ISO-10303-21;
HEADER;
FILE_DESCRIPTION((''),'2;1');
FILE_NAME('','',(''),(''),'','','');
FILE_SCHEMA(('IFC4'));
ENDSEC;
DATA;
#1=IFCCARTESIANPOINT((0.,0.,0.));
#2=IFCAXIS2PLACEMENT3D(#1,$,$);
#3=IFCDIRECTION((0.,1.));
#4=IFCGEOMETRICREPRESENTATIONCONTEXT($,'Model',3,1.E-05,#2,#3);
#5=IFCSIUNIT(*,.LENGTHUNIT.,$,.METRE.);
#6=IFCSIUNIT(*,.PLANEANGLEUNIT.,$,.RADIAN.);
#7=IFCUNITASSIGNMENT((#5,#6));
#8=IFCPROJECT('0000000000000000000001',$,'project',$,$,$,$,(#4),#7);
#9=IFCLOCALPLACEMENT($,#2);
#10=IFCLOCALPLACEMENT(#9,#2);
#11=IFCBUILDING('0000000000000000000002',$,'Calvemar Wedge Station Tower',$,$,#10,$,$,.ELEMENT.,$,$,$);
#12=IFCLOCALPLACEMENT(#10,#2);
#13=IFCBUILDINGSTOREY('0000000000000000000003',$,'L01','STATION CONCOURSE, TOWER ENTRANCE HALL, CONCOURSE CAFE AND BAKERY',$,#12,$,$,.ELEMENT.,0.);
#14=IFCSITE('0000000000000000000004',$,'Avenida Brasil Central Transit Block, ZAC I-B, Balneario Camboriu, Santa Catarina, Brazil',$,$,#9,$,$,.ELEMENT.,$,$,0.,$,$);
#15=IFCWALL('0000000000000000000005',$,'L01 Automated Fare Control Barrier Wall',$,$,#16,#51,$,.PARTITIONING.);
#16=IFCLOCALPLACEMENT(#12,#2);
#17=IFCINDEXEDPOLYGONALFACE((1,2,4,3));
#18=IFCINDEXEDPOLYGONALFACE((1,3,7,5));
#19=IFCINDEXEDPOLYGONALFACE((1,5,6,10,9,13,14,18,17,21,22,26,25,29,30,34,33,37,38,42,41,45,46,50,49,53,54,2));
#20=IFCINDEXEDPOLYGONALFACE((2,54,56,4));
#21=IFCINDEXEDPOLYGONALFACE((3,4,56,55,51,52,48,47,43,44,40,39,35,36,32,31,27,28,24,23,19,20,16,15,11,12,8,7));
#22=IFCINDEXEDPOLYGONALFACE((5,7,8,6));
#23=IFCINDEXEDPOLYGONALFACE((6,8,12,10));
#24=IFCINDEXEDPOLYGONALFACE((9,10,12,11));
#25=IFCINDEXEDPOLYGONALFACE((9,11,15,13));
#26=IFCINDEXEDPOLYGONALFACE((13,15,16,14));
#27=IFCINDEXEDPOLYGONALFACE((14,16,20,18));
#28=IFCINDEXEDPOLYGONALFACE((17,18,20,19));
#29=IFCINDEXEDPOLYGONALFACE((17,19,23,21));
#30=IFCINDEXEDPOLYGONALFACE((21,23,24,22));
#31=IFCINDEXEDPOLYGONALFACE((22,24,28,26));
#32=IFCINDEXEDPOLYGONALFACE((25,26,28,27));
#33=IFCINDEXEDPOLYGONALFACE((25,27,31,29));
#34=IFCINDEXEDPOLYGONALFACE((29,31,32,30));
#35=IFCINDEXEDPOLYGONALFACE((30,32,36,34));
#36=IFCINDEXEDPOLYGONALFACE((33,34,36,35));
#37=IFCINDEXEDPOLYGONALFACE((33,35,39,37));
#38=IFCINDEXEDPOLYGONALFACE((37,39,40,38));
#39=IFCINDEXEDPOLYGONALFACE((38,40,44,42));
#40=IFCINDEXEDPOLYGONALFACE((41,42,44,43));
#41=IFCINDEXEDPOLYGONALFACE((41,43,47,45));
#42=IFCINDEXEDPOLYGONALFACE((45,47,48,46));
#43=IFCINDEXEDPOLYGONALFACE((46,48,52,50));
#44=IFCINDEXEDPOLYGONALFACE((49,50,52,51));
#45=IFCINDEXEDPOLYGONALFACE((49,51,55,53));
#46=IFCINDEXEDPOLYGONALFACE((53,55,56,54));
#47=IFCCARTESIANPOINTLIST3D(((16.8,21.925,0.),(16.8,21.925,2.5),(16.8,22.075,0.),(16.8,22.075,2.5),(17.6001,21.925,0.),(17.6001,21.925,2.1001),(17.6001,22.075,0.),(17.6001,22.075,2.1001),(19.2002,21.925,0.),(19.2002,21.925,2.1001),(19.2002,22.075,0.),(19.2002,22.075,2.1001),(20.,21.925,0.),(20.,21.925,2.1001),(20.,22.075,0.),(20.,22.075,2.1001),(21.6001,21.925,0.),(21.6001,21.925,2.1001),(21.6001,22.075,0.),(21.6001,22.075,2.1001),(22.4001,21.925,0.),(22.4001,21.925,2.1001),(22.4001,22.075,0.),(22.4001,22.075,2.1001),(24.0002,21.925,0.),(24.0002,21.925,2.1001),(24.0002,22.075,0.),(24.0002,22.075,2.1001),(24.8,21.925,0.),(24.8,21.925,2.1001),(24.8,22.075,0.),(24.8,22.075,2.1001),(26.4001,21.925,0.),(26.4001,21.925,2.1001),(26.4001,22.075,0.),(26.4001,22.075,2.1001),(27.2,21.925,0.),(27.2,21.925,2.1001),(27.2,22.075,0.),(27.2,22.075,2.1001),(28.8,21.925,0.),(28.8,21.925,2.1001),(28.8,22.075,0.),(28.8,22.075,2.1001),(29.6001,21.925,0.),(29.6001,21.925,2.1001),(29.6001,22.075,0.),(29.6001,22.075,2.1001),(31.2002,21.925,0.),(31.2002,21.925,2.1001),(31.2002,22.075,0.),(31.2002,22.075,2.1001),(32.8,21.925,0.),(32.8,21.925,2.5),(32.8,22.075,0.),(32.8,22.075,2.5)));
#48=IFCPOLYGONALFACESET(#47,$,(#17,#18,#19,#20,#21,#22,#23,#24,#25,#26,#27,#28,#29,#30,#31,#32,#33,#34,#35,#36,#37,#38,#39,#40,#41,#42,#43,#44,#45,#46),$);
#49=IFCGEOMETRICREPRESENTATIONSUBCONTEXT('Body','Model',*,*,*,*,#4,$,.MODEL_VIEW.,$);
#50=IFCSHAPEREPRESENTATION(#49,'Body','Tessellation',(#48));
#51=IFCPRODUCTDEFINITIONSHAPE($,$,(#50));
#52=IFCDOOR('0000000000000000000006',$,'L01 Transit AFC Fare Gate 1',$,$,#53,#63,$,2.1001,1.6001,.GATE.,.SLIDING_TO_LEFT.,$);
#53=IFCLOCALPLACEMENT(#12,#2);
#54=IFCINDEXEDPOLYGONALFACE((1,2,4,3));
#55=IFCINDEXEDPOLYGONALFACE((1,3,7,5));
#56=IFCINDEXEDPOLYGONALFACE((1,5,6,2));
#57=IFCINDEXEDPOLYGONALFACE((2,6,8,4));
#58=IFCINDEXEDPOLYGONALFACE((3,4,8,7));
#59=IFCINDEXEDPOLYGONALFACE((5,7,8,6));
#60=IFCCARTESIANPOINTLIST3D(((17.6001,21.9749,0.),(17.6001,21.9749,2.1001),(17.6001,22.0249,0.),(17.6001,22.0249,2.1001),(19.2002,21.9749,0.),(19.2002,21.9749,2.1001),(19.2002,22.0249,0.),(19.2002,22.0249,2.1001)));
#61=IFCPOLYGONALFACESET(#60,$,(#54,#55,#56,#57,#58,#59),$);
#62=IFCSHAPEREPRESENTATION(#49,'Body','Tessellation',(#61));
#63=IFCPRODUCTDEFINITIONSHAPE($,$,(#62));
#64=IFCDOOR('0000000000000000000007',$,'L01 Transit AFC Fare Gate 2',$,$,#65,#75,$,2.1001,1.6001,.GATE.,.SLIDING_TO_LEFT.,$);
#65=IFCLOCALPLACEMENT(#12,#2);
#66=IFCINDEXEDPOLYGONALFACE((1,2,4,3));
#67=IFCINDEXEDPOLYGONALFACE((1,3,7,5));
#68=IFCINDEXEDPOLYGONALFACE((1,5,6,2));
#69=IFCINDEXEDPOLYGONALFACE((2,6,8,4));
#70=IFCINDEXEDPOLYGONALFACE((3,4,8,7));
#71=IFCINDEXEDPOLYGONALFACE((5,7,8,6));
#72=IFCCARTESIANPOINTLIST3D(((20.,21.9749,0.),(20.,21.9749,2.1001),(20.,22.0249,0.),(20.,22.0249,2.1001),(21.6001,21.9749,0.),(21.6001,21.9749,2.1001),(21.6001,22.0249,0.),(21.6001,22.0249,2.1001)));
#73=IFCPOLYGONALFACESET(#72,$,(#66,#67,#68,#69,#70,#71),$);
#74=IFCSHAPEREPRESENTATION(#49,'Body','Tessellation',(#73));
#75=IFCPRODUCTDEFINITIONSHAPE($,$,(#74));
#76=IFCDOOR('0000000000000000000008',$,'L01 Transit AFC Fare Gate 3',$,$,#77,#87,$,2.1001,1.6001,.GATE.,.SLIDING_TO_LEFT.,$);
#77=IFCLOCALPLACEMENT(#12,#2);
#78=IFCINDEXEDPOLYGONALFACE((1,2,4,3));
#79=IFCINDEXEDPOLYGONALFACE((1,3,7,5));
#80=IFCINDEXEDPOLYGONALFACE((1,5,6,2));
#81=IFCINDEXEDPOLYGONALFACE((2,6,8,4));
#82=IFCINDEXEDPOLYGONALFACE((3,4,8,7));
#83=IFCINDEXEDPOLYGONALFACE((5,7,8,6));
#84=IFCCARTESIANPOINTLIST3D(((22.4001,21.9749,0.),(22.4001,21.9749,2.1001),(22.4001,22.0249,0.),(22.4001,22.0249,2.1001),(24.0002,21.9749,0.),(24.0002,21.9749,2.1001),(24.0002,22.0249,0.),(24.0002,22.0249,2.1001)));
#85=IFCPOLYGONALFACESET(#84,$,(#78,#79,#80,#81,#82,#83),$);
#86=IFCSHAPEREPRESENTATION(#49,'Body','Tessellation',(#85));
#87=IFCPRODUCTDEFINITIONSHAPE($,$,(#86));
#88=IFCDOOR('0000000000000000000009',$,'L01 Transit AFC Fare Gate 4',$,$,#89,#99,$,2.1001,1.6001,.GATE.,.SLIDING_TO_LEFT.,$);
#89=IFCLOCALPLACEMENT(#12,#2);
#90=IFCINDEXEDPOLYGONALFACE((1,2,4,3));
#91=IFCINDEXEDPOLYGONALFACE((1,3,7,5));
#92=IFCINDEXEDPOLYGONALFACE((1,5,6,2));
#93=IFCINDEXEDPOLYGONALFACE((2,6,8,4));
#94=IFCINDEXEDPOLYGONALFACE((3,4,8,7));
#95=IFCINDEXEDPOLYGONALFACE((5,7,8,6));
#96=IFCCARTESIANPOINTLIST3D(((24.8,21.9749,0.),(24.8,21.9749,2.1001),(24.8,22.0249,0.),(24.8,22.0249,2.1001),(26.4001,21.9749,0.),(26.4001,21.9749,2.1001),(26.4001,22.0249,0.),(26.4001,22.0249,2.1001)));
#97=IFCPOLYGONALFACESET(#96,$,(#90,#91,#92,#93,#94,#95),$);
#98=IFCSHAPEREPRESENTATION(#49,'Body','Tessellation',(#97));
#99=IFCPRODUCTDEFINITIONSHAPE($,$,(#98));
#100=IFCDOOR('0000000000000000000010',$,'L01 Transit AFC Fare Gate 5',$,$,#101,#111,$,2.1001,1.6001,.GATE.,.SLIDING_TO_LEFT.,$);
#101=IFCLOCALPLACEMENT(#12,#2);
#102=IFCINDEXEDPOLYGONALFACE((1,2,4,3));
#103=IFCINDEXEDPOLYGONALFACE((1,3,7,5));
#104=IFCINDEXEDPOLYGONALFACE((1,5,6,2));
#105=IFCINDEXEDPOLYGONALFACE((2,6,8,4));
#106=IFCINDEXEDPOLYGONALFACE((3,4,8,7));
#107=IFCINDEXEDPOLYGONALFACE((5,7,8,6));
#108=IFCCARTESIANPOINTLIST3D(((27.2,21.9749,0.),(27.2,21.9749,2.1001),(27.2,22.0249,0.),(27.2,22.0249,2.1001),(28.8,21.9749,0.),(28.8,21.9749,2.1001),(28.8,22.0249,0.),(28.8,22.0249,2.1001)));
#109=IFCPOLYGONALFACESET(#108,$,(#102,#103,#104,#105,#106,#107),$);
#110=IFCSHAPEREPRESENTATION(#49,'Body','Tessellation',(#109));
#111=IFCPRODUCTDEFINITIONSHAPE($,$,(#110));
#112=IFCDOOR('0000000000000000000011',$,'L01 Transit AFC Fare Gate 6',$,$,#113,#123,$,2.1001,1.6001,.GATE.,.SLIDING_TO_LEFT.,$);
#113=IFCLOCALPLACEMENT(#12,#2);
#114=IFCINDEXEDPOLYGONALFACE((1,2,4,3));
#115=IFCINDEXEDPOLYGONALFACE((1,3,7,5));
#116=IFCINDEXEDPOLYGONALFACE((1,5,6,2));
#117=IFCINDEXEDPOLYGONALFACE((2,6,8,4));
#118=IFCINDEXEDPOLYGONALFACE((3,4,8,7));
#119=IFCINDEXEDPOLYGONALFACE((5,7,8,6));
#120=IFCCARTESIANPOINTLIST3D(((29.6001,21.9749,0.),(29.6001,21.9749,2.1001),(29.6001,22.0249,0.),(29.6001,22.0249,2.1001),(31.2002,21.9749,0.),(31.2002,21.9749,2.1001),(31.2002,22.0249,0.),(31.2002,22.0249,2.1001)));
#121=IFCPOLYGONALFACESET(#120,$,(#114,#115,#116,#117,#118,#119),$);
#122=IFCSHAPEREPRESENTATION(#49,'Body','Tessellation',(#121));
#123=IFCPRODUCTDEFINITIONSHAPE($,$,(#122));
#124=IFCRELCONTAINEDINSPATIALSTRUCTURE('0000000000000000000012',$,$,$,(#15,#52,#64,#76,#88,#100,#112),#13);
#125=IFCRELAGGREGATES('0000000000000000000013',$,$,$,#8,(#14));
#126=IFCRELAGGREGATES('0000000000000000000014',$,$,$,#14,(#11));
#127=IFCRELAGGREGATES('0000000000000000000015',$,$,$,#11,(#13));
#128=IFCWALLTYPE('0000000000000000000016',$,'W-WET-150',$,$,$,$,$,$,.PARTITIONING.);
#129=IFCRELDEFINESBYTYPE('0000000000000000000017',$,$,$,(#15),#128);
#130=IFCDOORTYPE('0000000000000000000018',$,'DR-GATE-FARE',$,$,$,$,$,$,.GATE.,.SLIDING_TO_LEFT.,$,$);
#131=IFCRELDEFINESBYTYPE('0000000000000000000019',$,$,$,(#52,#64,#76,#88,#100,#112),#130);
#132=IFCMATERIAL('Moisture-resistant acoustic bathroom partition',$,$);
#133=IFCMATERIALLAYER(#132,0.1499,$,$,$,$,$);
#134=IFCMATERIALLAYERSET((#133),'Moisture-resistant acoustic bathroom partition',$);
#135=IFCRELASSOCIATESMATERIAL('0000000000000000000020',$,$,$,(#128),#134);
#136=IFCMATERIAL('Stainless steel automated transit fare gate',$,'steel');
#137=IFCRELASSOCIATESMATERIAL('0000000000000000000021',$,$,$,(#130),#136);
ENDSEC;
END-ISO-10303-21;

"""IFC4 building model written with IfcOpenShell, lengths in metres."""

from ifc_helpers import new_model, si_unit, direction, frame, frame_2d, origin, place, context, subcontext, project, spatial, rectangle, extrude, source, transform, mapped, material, layer, layer_set, type_object, element, fill, save


model = new_model("IFC4")

# Units and contexts
model_context = context("Model", 3, precision=1e-05, world=origin(), true_north=direction((0.0, 1.0)))
body_context = subcontext(model_context, "Body", "Model", "MODEL_VIEW")
ifc_project = project(units=[si_unit("LENGTHUNIT", "METRE"), si_unit("PLANEANGLEUNIT", "RADIAN")], contexts=[model_context])

# Site, building, storey
site_placement = place(None, origin())
site = spatial("IfcSite", under=ifc_project, at=site_placement, Name="Avenida Brasil Central Transit Block, ZAC I-B, Balneario Camboriu, Santa Catarina, Brazil", CompositionType="ELEMENT", RefElevation=0.0)
building_placement = place(site_placement, origin())
building = spatial("IfcBuilding", under=site, at=building_placement, Name="Calvemar Wedge Station Tower", CompositionType="ELEMENT")
storey_placement = place(building_placement, origin())
storey = spatial("IfcBuildingStorey", under=building, at=storey_placement, Name="L01", Description="STATION CONCOURSE, TOWER ENTRANCE HALL, CONCOURSE CAFE AND BAKERY", CompositionType="ELEMENT", Elevation=0.0)

# Wall, openings, doors
ifc_material_1 = material(Name="Moisture-resistant acoustic bathroom partition")
ifc_layer_1 = layer(ifc_material_1, 0.1499)
ifc_layer_set_1 = layer_set([ifc_layer_1], Name="Moisture-resistant acoustic bathroom partition")
wall_type_1 = type_object("IfcWallType", Name="W-WET-150", PredefinedType="PARTITIONING", material=ifc_layer_set_1)
wall_1_placement = place(storey_placement, frame((16.8, 22.0, 0.0), z_axis=(0.0, 0.0, 1.0), x_axis=(1.0, 0.0, 0.0)))
wall_1 = element("IfcWall", 1, at=wall_1_placement, inside=storey, type_object=wall_type_1, Name="L01 Automated Fare Control Barrier Wall", PredefinedType="PARTITIONING", context=body_context, shape_type="SweptSolid", body=[
    extrude(rectangle(XDim=16.0, YDim=0.1499, at=frame_2d((8.0, 0.0))), origin(), (0.0, 0.0, 1.0), 2.5),
])
shared_shape_1 = source(origin(), body_context, "Body", "SweptSolid", [
    extrude(rectangle(XDim=1.6001, YDim=2.1001, at=frame_2d((0.8, 1.05))), frame((0.0, 0.085, 0.0), z_axis=(0.0, -1.0, 0.0), x_axis=(1.0, 0.0, 0.0)), (0.0, 0.0, 1.0), 0.1699),
])
opening_1_placement = place(wall_1_placement, frame((0.8, 0.0, 0.0)))
opening_1 = element("IfcOpeningElement", 2, at=opening_1_placement, cuts=wall_1, PredefinedType="OPENING", context=body_context, shape_type="MappedRepresentation", body=[
    mapped(shared_shape_1, transform((0.0, 0.0, 0.0), scale=1.0)),
])
opening_2_placement = place(wall_1_placement, frame((3.2, 0.0, 0.0)))
opening_2 = element("IfcOpeningElement", 3, at=opening_2_placement, cuts=wall_1, PredefinedType="OPENING", context=body_context, shape_type="MappedRepresentation", body=[
    mapped(shared_shape_1, transform((0.0, 0.0, 0.0), scale=1.0)),
])
opening_3_placement = place(wall_1_placement, frame((5.6001, 0.0, 0.0)))
opening_3 = element("IfcOpeningElement", 4, at=opening_3_placement, cuts=wall_1, PredefinedType="OPENING", context=body_context, shape_type="MappedRepresentation", body=[
    mapped(shared_shape_1, transform((0.0, 0.0, 0.0), scale=1.0)),
])
opening_4_placement = place(wall_1_placement, frame((8.0, 0.0, 0.0)))
opening_4 = element("IfcOpeningElement", 5, at=opening_4_placement, cuts=wall_1, PredefinedType="OPENING", context=body_context, shape_type="MappedRepresentation", body=[
    mapped(shared_shape_1, transform((0.0, 0.0, 0.0), scale=1.0)),
])
opening_5_placement = place(wall_1_placement, frame((10.3999, 0.0, 0.0)))
opening_5 = element("IfcOpeningElement", 6, at=opening_5_placement, cuts=wall_1, PredefinedType="OPENING", context=body_context, shape_type="MappedRepresentation", body=[
    mapped(shared_shape_1, transform((0.0, 0.0, 0.0), scale=1.0)),
])
opening_6_placement = place(wall_1_placement, frame((12.8, 0.0, 0.0)))
opening_6 = element("IfcOpeningElement", 7, at=opening_6_placement, cuts=wall_1, PredefinedType="OPENING", context=body_context, shape_type="MappedRepresentation", body=[
    mapped(shared_shape_1, transform((0.0, 0.0, 0.0), scale=1.0)),
])
ifc_material_2 = material(Name="Stainless steel automated transit fare gate", Category="steel")
door_type_1 = type_object("IfcDoorType", Name="DR-GATE-FARE", OperationType="SLIDING_TO_LEFT", PredefinedType="GATE", material=ifc_material_2)
shared_shape_2 = source(origin(), body_context, "Body", "SweptSolid", [
    extrude(rectangle(XDim=1.6001, YDim=2.1001, at=frame_2d((0.8, 1.05))), frame((0.0, 0.0249, 0.0), z_axis=(0.0, -1.0, 0.0), x_axis=(1.0, 0.0, 0.0)), (0.0, 0.0, 1.0), 0.05),
])
door_1_placement = place(opening_1_placement, origin())
door_1 = element("IfcDoor", 8, at=door_1_placement, inside=storey, type_object=door_type_1, Name="L01 Transit AFC Fare Gate 1", OperationType="SLIDING_TO_LEFT", OverallHeight=2.1001, OverallWidth=1.6001, PredefinedType="GATE", context=body_context, shape_type="MappedRepresentation", body=[
    mapped(shared_shape_2, transform((0.0, 0.0, 0.0), scale=1.0)),
])
fill(opening_1, door_1)
door_2_placement = place(opening_2_placement, origin())
door_2 = element("IfcDoor", 9, at=door_2_placement, inside=storey, type_object=door_type_1, Name="L01 Transit AFC Fare Gate 2", OperationType="SLIDING_TO_LEFT", OverallHeight=2.1001, OverallWidth=1.6001, PredefinedType="GATE", context=body_context, shape_type="MappedRepresentation", body=[
    mapped(shared_shape_2, transform((0.0, 0.0, 0.0), scale=1.0)),
])
fill(opening_2, door_2)
door_3_placement = place(opening_3_placement, origin())
door_3 = element("IfcDoor", 10, at=door_3_placement, inside=storey, type_object=door_type_1, Name="L01 Transit AFC Fare Gate 3", OperationType="SLIDING_TO_LEFT", OverallHeight=2.1001, OverallWidth=1.6001, PredefinedType="GATE", context=body_context, shape_type="MappedRepresentation", body=[
    mapped(shared_shape_2, transform((0.0, 0.0, 0.0), scale=1.0)),
])
fill(opening_3, door_3)
door_4_placement = place(opening_4_placement, origin())
door_4 = element("IfcDoor", 11, at=door_4_placement, inside=storey, type_object=door_type_1, Name="L01 Transit AFC Fare Gate 4", OperationType="SLIDING_TO_LEFT", OverallHeight=2.1001, OverallWidth=1.6001, PredefinedType="GATE", context=body_context, shape_type="MappedRepresentation", body=[
    mapped(shared_shape_2, transform((0.0, 0.0, 0.0), scale=1.0)),
])
fill(opening_4, door_4)
door_5_placement = place(opening_5_placement, origin())
door_5 = element("IfcDoor", 12, at=door_5_placement, inside=storey, type_object=door_type_1, Name="L01 Transit AFC Fare Gate 5", OperationType="SLIDING_TO_LEFT", OverallHeight=2.1001, OverallWidth=1.6001, PredefinedType="GATE", context=body_context, shape_type="MappedRepresentation", body=[
    mapped(shared_shape_2, transform((0.0, 0.0, 0.0), scale=1.0)),
])
fill(opening_5, door_5)
door_6_placement = place(opening_6_placement, origin())
door_6 = element("IfcDoor", 13, at=door_6_placement, inside=storey, type_object=door_type_1, Name="L01 Transit AFC Fare Gate 6", OperationType="SLIDING_TO_LEFT", OverallHeight=2.1001, OverallWidth=1.6001, PredefinedType="GATE", context=body_context, shape_type="MappedRepresentation", body=[
    mapped(shared_shape_2, transform((0.0, 0.0, 0.0), scale=1.0)),
])
fill(opening_6, door_6)

save(model, "model.ifc")
